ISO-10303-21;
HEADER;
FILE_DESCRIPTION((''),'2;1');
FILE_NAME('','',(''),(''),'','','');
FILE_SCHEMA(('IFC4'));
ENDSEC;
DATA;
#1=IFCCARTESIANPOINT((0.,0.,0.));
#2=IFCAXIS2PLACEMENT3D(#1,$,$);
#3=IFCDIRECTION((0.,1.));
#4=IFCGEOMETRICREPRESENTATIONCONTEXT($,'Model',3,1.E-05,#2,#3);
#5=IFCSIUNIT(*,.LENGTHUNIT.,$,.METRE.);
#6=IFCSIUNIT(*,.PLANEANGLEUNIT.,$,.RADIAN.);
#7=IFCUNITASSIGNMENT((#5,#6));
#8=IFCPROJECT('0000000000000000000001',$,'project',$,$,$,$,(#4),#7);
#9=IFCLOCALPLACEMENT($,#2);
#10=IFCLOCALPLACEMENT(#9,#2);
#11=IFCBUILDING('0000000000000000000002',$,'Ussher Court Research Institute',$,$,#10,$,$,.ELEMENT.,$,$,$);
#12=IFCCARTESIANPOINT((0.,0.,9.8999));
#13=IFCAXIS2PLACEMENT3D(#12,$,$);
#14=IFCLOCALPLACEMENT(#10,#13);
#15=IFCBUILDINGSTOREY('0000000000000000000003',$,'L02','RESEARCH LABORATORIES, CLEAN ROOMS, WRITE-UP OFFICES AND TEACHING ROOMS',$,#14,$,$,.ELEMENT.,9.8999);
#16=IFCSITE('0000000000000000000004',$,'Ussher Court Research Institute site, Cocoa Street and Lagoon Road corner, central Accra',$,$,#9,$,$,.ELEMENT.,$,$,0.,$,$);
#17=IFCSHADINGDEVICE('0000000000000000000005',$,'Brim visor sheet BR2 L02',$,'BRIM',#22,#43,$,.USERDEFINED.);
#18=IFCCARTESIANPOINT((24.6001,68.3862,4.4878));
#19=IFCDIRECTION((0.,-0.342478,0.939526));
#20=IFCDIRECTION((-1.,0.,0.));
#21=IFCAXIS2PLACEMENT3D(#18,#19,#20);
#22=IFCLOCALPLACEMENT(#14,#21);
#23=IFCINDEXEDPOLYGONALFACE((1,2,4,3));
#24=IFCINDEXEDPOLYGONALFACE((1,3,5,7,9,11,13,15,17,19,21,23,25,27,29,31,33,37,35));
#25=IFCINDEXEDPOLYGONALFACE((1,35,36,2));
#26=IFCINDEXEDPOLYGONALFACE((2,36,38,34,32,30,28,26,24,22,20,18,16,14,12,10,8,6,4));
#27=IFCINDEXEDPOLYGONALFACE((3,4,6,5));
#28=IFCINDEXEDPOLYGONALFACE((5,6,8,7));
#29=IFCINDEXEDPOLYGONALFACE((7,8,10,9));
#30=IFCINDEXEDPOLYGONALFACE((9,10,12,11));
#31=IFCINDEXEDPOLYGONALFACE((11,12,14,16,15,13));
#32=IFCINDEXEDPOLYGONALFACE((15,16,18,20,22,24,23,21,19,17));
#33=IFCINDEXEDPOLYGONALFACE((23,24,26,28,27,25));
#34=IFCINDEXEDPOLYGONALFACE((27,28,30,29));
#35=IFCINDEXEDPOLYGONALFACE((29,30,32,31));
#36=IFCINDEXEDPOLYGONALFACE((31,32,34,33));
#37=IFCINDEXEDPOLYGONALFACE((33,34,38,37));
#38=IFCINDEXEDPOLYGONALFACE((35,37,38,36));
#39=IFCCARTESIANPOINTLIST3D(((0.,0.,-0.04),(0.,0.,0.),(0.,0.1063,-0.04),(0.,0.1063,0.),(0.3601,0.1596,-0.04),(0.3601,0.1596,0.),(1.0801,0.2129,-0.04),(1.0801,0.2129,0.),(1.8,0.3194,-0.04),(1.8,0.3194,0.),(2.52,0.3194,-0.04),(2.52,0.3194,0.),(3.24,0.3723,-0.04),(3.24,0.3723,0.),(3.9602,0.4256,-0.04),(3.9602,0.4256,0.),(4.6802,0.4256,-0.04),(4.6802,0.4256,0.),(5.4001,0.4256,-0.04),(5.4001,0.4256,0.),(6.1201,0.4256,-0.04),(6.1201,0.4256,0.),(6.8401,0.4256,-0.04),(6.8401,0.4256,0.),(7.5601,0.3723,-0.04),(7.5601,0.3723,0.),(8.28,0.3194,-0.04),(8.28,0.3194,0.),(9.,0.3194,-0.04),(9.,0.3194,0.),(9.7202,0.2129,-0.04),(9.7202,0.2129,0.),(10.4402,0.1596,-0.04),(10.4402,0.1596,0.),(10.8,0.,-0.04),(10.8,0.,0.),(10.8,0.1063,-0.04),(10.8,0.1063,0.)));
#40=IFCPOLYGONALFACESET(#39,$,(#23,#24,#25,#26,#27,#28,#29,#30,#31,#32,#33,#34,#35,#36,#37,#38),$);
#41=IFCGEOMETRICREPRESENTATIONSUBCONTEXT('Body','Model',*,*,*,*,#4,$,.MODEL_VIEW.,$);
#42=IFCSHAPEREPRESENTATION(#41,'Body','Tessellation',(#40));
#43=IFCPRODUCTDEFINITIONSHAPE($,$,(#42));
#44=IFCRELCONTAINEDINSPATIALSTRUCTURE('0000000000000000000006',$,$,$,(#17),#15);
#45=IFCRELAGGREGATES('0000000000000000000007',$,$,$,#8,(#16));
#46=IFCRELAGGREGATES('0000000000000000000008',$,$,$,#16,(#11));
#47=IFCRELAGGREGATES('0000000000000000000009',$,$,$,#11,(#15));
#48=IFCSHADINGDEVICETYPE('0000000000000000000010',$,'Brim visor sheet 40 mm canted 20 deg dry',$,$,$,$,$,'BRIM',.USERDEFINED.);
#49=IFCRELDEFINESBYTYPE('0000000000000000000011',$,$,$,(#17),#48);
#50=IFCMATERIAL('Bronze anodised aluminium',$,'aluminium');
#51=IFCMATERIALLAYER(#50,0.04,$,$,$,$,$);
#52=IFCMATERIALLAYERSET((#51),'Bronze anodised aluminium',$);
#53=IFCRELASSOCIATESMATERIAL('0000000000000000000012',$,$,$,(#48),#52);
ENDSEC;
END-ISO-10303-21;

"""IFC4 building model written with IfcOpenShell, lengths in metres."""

from ifc_helpers import new_model, si_unit, direction, frame, origin, place, context, subcontext, project, spatial, polyline, outline, extrude, material, layer, layer_set, type_object, element, save


model = new_model("IFC4")

# Units and contexts
model_context = context("Model", 3, precision=1e-05, world=origin(), true_north=direction((0.0, 1.0)))
body_context = subcontext(model_context, "Body", "Model", "MODEL_VIEW")
ifc_project = project(units=[si_unit("LENGTHUNIT", "METRE"), si_unit("PLANEANGLEUNIT", "RADIAN")], contexts=[model_context])

# Site, building, storey
site_placement = place(None, origin())
site = spatial("IfcSite", under=ifc_project, at=site_placement, Name="Ussher Court Research Institute site, Cocoa Street and Lagoon Road corner, central Accra", CompositionType="ELEMENT", RefElevation=0.0)
building_placement = place(site_placement, origin())
building = spatial("IfcBuilding", under=site, at=building_placement, Name="Ussher Court Research Institute", CompositionType="ELEMENT")
storey_placement = place(building_placement, frame((0.0, 0.0, 9.8999)))
storey = spatial("IfcBuildingStorey", under=building, at=storey_placement, Name="L02", Description="RESEARCH LABORATORIES, CLEAN ROOMS, WRITE-UP OFFICES AND TEACHING ROOMS", CompositionType="ELEMENT", Elevation=9.8999)

# Shading device
ifc_material_1 = material(Name="Bronze anodised aluminium", Category="aluminium")
ifc_layer_1 = layer(ifc_material_1, 0.04)
ifc_layer_set_1 = layer_set([ifc_layer_1], Name="Bronze anodised aluminium")
shading_device_type_1 = type_object("IfcShadingDeviceType", Name="Brim visor sheet 40 mm canted 20 deg dry", ElementType="BRIM", PredefinedType="USERDEFINED", material=ifc_layer_set_1)
shading_device_1_placement = place(storey_placement, frame((24.6001, 68.3862, 4.4878), z_axis=(0.0, -0.342478, 0.939526), x_axis=(-1.0, 0.0, 0.0)))
element("IfcShadingDevice", 1, at=shading_device_1_placement, inside=storey, type_object=shading_device_type_1, Name="Brim visor sheet BR2 L02", ObjectType="BRIM", PredefinedType="USERDEFINED", context=body_context, shape_type="SweptSolid", body=[
    extrude(outline(polyline([(0.0, 0.0), (10.8, 0.0), (10.8, 0.1063), (10.4402, 0.1596), (9.7202, 0.2129), (9.0, 0.3194), (8.28, 0.3194), (7.5601, 0.3723), (6.8401, 0.4256), (6.1201, 0.4256), (5.4001, 0.4256), (4.6802, 0.4256), (3.9602, 0.4256), (3.24, 0.3723), (2.52, 0.3194), (1.8, 0.3194), (1.0801, 0.2129), (0.3601, 0.1596), (0.0, 0.1063), (0.0, 0.0)])), origin(), (0.0, 0.0, -1.0), 0.04),
])

save(model, "model.ifc")
